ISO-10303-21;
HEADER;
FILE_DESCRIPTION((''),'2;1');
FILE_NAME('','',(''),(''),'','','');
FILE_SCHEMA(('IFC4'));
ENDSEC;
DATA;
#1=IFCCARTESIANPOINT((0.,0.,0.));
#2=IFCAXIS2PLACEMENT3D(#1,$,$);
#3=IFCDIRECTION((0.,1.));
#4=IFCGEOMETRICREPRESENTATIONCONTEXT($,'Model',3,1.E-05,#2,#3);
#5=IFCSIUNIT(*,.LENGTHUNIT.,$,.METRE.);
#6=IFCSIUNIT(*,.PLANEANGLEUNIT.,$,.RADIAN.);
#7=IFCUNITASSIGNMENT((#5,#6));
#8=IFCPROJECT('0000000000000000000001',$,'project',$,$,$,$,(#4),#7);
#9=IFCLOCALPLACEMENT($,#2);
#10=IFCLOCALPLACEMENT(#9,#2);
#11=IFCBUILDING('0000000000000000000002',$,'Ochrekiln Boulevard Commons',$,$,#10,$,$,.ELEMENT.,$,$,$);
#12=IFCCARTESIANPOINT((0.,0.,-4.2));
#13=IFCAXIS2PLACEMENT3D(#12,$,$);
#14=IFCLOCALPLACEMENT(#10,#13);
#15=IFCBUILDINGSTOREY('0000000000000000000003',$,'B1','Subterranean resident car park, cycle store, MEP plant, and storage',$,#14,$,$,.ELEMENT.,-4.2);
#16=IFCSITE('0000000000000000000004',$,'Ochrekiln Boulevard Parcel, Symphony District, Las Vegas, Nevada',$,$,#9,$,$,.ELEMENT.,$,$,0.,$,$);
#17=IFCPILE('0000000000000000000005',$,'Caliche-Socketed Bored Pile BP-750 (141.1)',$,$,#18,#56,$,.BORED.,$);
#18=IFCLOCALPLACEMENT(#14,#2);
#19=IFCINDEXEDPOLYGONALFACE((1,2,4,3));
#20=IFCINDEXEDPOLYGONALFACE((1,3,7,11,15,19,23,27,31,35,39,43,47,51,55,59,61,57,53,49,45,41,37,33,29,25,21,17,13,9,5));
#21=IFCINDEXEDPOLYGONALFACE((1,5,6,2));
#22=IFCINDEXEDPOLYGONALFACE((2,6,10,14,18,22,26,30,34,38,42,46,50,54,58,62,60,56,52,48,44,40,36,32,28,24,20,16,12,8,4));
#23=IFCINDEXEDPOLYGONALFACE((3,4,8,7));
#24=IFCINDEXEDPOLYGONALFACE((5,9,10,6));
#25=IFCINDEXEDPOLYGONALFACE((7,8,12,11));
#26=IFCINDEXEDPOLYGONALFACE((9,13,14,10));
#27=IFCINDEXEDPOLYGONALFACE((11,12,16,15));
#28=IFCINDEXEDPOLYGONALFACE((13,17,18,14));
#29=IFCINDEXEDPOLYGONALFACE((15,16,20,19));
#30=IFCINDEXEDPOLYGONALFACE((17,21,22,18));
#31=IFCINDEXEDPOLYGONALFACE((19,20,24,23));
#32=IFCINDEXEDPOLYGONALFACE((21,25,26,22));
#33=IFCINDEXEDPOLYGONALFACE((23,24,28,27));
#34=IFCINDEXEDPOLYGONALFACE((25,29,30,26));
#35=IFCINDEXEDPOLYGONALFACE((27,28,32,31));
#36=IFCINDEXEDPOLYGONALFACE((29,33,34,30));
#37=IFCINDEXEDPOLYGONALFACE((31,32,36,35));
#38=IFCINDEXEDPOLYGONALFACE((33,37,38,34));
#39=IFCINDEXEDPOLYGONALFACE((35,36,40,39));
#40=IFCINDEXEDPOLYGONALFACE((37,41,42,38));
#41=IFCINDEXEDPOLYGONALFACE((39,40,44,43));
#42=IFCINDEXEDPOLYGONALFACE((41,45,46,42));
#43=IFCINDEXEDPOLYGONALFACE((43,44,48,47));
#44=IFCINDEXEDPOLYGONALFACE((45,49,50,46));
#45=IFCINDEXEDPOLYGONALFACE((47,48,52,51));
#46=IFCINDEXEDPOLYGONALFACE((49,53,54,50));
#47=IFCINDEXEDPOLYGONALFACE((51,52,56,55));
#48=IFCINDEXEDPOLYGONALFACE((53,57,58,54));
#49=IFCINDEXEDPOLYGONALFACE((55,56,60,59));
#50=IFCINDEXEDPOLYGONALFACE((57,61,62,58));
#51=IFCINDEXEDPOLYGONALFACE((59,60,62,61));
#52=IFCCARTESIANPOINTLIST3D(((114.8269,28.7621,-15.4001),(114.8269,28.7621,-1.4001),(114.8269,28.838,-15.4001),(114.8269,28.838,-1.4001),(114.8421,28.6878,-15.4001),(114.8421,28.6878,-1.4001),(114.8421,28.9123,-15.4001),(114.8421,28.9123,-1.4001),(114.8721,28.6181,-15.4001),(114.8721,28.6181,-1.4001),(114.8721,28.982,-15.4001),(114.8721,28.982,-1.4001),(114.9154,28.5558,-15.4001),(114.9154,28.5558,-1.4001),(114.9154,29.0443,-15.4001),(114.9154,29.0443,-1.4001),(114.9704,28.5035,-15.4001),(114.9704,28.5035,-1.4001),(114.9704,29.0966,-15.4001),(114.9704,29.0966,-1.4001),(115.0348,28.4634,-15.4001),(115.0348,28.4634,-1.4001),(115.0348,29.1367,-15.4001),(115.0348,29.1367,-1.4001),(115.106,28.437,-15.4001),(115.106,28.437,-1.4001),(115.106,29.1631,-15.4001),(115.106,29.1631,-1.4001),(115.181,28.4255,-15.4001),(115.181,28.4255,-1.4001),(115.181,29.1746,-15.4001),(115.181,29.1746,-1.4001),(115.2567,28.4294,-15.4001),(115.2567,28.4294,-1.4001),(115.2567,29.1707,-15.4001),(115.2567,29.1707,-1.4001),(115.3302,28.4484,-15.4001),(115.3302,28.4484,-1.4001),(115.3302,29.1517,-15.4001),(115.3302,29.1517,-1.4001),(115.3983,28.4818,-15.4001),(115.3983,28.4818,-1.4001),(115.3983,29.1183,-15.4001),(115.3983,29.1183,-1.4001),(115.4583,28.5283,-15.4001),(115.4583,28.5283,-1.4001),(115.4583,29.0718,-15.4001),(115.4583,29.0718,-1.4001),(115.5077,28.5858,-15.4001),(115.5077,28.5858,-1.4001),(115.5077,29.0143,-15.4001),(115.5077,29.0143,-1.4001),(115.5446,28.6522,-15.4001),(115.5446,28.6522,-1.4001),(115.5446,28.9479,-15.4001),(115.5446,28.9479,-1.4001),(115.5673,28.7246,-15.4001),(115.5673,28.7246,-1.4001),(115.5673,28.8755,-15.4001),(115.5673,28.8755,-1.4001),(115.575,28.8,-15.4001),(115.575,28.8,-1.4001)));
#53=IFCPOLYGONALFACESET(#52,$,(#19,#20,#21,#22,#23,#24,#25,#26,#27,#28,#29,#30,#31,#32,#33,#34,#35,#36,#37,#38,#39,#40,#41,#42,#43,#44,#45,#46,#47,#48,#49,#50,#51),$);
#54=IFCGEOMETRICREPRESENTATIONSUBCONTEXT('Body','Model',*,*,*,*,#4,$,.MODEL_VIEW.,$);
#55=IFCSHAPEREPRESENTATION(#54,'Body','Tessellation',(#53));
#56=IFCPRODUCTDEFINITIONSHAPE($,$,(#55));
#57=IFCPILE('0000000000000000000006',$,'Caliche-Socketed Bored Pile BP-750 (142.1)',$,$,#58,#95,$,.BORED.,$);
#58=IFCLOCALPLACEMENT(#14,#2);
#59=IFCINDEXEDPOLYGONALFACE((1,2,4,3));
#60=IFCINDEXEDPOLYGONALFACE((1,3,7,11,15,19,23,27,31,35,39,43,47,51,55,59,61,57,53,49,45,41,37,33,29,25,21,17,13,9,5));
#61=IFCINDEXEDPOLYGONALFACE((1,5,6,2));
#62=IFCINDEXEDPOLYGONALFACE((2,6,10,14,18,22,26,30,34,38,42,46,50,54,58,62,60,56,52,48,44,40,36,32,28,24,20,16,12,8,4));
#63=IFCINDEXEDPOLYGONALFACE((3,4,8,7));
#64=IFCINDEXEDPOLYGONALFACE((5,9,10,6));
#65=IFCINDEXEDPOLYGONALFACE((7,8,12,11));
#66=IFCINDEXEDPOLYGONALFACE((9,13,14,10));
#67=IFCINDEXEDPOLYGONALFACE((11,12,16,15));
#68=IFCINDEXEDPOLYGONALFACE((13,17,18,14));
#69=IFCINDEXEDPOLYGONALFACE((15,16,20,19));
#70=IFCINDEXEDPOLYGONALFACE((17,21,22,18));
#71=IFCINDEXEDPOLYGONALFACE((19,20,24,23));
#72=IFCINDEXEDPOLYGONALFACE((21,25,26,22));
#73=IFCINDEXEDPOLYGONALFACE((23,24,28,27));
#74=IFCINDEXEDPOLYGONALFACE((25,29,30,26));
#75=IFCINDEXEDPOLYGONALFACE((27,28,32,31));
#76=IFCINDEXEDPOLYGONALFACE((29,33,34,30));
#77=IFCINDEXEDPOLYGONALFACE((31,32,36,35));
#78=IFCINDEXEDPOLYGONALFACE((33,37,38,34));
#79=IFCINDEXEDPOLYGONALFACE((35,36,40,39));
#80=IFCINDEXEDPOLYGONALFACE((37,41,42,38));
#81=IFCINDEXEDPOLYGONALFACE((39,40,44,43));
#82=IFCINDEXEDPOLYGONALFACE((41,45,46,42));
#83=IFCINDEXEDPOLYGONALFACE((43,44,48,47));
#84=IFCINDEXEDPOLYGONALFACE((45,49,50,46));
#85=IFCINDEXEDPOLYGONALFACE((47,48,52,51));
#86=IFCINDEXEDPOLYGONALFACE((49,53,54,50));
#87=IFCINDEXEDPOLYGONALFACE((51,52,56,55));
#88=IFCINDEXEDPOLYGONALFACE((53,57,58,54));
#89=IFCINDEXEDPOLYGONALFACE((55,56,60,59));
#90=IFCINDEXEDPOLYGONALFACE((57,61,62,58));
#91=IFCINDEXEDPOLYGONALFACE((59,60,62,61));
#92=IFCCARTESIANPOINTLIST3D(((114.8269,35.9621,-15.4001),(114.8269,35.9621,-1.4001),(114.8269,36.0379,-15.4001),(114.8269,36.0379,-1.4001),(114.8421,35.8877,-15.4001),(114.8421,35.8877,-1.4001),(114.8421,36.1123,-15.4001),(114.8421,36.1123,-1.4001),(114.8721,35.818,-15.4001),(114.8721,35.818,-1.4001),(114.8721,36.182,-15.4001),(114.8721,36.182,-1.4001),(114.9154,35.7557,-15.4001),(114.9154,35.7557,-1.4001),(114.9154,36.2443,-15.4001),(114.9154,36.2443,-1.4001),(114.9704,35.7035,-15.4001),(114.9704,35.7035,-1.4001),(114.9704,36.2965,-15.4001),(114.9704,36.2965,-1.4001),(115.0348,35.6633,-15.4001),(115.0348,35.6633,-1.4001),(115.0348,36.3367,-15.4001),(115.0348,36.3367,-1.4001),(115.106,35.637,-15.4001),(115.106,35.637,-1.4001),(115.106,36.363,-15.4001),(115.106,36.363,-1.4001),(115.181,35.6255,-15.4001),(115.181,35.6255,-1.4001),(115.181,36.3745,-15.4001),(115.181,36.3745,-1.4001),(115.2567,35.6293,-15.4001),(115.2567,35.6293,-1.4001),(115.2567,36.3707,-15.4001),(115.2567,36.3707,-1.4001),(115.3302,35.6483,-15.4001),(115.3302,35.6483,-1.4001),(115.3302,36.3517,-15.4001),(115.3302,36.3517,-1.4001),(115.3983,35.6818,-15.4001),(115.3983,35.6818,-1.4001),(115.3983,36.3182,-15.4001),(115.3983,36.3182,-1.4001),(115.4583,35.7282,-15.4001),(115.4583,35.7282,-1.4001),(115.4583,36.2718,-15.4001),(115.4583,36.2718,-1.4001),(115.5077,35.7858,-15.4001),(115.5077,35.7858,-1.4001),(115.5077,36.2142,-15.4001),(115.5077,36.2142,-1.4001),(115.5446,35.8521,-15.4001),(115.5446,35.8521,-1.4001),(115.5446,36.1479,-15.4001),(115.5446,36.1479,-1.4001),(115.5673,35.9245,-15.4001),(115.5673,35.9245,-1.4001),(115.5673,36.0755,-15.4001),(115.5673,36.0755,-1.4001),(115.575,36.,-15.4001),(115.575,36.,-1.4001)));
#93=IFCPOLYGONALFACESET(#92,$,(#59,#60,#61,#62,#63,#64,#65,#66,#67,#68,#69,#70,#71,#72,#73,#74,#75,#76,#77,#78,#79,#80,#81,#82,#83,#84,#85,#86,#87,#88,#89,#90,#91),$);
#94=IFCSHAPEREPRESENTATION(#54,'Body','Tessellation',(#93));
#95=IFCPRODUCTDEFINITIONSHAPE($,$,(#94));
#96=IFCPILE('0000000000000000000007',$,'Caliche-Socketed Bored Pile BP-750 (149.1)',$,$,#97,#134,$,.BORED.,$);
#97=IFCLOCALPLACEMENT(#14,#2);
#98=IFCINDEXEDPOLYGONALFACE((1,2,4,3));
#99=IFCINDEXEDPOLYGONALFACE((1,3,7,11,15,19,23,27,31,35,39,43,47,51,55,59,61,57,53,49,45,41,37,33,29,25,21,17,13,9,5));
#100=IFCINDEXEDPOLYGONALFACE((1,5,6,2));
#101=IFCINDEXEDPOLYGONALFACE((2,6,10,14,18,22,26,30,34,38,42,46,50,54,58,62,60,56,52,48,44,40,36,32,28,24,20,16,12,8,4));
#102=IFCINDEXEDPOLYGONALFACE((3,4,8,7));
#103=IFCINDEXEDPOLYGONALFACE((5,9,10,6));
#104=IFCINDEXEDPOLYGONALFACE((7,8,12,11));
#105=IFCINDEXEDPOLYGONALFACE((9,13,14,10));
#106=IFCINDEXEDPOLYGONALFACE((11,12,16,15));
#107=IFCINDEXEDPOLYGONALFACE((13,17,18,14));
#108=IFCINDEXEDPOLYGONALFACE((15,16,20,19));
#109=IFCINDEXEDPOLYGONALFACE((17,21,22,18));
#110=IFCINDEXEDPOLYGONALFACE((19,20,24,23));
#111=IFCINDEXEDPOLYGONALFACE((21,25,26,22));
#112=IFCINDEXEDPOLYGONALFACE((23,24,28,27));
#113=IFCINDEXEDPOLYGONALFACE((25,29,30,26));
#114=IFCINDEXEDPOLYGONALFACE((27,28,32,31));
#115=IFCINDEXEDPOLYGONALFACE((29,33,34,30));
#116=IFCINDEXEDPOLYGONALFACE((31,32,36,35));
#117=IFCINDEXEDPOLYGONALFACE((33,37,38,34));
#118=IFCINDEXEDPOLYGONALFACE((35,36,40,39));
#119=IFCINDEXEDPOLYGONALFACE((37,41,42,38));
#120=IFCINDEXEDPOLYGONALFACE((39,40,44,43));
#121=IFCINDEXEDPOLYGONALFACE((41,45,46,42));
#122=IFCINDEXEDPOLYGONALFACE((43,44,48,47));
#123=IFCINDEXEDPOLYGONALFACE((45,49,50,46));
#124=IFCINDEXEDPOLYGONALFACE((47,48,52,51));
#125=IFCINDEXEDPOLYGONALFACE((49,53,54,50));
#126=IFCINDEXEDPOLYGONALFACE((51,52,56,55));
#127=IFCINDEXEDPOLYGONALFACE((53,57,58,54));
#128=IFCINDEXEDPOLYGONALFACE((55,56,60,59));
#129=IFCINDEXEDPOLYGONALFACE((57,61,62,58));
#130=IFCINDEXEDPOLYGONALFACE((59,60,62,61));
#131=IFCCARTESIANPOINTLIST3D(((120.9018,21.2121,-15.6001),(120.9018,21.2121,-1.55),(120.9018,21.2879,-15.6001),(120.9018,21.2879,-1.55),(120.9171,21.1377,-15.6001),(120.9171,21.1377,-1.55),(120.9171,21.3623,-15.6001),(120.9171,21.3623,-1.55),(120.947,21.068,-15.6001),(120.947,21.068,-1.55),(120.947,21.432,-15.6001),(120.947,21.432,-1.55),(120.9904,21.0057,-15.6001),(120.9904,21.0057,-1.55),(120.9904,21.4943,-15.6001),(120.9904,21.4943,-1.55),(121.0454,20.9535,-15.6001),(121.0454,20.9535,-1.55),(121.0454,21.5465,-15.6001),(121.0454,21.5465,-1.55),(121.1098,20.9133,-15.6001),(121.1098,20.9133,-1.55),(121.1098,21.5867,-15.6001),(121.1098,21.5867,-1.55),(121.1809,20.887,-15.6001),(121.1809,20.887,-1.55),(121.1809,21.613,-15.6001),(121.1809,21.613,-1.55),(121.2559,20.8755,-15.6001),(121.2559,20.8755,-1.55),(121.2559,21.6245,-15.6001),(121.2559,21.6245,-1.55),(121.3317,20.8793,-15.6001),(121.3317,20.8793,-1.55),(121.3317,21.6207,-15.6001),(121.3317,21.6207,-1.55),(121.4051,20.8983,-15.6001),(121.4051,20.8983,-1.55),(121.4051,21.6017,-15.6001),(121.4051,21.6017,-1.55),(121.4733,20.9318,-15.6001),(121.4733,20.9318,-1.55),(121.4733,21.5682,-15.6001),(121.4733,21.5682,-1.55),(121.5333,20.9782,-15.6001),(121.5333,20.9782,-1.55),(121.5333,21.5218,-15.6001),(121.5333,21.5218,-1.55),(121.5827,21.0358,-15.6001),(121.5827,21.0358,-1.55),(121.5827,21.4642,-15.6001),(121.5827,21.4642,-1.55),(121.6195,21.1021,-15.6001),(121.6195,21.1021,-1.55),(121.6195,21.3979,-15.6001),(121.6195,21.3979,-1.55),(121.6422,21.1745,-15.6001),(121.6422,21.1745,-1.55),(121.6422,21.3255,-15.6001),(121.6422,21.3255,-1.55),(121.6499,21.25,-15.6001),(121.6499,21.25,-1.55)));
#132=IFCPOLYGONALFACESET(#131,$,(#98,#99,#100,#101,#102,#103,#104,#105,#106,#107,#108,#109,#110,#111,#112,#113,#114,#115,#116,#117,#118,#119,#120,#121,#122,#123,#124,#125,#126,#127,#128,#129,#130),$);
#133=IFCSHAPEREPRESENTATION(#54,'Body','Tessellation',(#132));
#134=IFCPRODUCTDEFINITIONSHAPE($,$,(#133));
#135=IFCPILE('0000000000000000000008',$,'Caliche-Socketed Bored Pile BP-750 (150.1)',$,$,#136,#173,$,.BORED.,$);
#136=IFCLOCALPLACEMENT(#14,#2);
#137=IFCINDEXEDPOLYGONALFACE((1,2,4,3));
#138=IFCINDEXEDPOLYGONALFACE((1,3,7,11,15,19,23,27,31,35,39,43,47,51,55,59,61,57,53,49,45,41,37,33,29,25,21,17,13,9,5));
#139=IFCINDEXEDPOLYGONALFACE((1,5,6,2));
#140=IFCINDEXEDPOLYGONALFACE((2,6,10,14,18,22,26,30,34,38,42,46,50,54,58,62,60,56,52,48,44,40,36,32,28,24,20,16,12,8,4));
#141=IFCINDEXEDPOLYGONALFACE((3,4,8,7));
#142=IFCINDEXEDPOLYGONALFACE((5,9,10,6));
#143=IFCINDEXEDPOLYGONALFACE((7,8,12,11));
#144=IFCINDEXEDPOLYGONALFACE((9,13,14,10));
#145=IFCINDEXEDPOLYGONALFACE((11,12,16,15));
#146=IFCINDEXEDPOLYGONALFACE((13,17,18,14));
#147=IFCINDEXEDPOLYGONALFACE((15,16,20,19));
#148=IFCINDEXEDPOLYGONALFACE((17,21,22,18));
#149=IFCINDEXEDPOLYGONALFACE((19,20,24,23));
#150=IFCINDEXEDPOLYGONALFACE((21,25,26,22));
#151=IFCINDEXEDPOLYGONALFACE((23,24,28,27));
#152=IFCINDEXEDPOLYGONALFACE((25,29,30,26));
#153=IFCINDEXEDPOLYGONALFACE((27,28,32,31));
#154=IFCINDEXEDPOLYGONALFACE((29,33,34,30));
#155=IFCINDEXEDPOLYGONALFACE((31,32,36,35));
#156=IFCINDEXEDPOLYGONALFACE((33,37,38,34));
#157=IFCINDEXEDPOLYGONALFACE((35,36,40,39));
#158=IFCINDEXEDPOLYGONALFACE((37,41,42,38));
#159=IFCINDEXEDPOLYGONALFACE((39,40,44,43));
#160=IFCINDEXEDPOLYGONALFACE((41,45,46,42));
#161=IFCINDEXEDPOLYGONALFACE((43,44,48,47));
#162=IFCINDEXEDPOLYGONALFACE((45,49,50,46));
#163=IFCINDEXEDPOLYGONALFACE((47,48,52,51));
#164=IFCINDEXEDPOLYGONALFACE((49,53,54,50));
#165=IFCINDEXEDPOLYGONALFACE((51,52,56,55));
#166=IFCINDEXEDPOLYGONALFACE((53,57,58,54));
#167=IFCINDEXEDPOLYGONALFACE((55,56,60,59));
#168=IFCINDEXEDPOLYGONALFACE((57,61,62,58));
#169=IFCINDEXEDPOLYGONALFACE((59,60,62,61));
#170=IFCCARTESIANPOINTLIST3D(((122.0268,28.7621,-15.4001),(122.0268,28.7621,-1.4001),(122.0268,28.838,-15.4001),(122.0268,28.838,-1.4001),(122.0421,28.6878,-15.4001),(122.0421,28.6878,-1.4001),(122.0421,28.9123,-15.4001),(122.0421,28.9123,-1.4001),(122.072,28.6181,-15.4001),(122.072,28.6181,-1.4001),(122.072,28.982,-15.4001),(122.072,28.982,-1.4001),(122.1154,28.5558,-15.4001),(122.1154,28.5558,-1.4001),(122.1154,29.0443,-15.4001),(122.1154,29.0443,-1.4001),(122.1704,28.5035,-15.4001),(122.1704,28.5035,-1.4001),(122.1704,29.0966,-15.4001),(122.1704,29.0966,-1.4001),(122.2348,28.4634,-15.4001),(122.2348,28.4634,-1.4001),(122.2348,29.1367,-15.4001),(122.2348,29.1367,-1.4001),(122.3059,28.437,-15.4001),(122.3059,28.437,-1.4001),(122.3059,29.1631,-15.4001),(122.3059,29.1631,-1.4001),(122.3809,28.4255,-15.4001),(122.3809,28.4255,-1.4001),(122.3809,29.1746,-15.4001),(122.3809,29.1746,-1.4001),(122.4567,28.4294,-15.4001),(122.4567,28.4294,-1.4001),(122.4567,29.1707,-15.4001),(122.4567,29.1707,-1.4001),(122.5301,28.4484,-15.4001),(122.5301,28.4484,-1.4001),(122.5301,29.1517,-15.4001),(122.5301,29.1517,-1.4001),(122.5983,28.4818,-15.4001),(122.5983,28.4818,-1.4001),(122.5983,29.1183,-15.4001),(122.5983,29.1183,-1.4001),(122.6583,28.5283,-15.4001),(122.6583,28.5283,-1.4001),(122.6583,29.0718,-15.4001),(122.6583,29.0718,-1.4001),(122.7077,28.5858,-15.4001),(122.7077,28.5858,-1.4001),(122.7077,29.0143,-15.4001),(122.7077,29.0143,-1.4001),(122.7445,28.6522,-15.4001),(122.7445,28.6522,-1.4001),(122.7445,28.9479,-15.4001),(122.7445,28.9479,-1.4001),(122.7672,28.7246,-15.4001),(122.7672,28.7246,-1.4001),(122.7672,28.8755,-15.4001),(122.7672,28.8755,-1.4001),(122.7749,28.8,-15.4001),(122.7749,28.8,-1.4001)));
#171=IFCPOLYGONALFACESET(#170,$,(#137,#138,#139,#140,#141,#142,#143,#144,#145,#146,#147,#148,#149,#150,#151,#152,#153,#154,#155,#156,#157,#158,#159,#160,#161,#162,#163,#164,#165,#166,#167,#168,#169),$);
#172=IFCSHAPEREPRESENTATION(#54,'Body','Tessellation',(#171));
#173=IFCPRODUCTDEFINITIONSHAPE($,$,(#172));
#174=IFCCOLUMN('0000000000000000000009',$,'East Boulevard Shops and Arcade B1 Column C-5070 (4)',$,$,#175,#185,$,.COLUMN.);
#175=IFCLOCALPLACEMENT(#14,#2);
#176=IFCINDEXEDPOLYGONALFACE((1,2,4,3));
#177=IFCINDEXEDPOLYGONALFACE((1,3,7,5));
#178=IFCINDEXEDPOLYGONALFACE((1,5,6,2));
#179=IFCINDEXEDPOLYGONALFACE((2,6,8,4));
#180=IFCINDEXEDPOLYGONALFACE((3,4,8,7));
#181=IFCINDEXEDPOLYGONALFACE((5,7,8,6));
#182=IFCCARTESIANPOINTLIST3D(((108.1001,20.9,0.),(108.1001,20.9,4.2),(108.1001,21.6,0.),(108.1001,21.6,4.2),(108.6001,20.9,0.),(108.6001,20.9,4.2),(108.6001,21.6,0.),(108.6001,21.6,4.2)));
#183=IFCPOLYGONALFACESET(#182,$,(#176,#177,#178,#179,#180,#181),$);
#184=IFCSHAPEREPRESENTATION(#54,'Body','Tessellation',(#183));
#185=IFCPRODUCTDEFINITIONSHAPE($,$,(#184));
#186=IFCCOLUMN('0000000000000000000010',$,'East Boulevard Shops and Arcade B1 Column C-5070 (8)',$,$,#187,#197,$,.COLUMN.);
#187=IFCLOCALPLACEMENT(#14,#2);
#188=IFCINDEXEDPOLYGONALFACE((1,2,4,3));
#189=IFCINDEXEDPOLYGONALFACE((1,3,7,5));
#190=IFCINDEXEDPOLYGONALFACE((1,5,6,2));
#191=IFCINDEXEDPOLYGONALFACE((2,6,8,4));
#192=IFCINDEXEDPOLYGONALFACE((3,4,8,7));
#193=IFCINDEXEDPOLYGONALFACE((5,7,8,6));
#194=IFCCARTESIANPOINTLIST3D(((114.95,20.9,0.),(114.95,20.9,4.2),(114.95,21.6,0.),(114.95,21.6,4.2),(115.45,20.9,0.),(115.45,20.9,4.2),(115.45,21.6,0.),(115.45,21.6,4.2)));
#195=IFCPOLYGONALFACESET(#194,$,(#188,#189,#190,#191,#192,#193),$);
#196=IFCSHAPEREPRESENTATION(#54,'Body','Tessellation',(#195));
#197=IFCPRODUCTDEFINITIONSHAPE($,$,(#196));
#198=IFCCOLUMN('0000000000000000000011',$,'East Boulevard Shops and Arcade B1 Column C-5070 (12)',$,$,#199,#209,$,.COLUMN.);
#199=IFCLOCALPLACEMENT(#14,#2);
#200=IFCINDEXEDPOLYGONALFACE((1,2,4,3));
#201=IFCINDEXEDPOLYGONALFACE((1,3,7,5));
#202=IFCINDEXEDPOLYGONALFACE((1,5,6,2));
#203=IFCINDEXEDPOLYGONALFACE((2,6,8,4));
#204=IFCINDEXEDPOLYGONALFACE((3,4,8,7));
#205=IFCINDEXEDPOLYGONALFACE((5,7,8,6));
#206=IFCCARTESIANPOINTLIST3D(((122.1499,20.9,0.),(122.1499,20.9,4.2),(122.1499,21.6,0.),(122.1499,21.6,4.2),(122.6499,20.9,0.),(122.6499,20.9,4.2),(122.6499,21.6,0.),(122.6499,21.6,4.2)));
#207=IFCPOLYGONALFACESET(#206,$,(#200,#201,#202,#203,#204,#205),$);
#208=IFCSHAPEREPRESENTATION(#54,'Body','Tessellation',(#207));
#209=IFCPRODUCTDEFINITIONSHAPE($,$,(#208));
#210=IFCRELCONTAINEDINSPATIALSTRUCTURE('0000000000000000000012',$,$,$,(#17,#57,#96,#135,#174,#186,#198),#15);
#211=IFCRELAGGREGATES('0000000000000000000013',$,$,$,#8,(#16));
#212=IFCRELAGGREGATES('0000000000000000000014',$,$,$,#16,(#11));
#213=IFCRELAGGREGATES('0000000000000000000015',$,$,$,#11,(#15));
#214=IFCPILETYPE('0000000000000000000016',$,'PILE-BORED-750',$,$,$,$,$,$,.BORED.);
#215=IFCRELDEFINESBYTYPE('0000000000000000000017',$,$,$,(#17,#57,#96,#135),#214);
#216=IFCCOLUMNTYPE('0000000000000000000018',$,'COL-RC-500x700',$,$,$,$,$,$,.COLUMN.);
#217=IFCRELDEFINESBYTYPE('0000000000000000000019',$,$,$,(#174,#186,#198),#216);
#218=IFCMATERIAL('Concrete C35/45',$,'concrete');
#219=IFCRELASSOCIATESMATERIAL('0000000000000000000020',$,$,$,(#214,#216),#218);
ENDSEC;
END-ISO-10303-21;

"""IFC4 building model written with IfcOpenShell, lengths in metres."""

from ifc_helpers import new_model, si_unit, direction, frame, origin, origin_2d, place, context, subcontext, project, spatial, rectangle, circle, extrude, material, material_profile, profile_set, type_object, element, save


model = new_model("IFC4")

# Units and contexts
model_context = context("Model", 3, precision=1e-05, world=origin(), true_north=direction((0.0, 1.0)))
body_context = subcontext(model_context, "Body", "Model", "MODEL_VIEW")
ifc_project = project(units=[si_unit("LENGTHUNIT", "METRE"), si_unit("PLANEANGLEUNIT", "RADIAN")], contexts=[model_context])

# Site, building, storey
site_placement = place(None, origin())
site = spatial("IfcSite", under=ifc_project, at=site_placement, Name="Ochrekiln Boulevard Parcel, Symphony District, Las Vegas, Nevada", CompositionType="ELEMENT", RefElevation=0.0)
building_placement = place(site_placement, origin())
building = spatial("IfcBuilding", under=site, at=building_placement, Name="Ochrekiln Boulevard Commons", CompositionType="ELEMENT")
storey_placement = place(building_placement, frame((0.0, 0.0, -4.2)))
storey = spatial("IfcBuildingStorey", under=building, at=storey_placement, Name="B1", Description="Subterranean resident car park, cycle store, MEP plant, and storage", CompositionType="ELEMENT", Elevation=-4.2)

# Shared definitions
ifc_material_1 = material(Name="Concrete C35/45", Category="concrete")

# Piles
ifc_material_profile_1 = material_profile(ifc_material_1, circle(Radius=0.375, at=origin_2d()), Name="PILE-D750")
ifc_profile_set_1 = profile_set([ifc_material_profile_1], Name="Concrete C35/45")
pile_type = type_object("IfcPileType", Name="PILE-BORED-750", PredefinedType="BORED", material=ifc_profile_set_1)
for number, where, z_axis, x_axis, name in (
    (1, (115.2, 28.8, -1.4001), (0.0, 0.0, -1.0), (1.0, 0.0, 0.0), "Caliche-Socketed Bored Pile BP-750 (141.1)"),
    (2, (115.2, 36.0, -1.4001), (0.0, 0.0, -1.0), (1.0, 0.0, 0.0), "Caliche-Socketed Bored Pile BP-750 (142.1)"),
):
    element("IfcPile", number, at=place(storey_placement, frame(where, z_axis=z_axis, x_axis=x_axis)), inside=storey, type_object=pile_type, Name=name, PredefinedType="BORED", context=body_context, shape_type="SweptSolid", body=[
        extrude(circle(Radius=0.375, at=origin_2d()), origin(), (0.0, 0.0, 1.0), 14.0),
    ])
pile_1_placement = place(storey_placement, frame((121.2749, 21.25, -1.55), z_axis=(0.0, 0.0, -1.0), x_axis=(1.0, 0.0, 0.0)))
element("IfcPile", 3, at=pile_1_placement, inside=storey, type_object=pile_type, Name="Caliche-Socketed Bored Pile BP-750 (149.1)", PredefinedType="BORED", context=body_context, shape_type="SweptSolid", body=[
    extrude(circle(Radius=0.375, at=origin_2d()), origin(), (0.0, 0.0, 1.0), 14.05),
])
pile_2_placement = place(storey_placement, frame((122.3999, 28.8, -1.4001), z_axis=(0.0, 0.0, -1.0), x_axis=(1.0, 0.0, 0.0)))
element("IfcPile", 4, at=pile_2_placement, inside=storey, type_object=pile_type, Name="Caliche-Socketed Bored Pile BP-750 (150.1)", PredefinedType="BORED", context=body_context, shape_type="SweptSolid", body=[
    extrude(circle(Radius=0.375, at=origin_2d()), origin(), (0.0, 0.0, 1.0), 14.0),
])

# Columns
ifc_material_profile_2 = material_profile(ifc_material_1, rectangle(XDim=0.5, YDim=0.7, at=origin_2d()), Name="RC-COL-500x700")
ifc_profile_set_2 = profile_set([ifc_material_profile_2], Name="Concrete C35/45")
column_type_1 = type_object("IfcColumnType", Name="COL-RC-500x700", PredefinedType="COLUMN", material=ifc_profile_set_2)
for number, where, z_axis, x_axis, name in (
    (5, (108.3501, 21.25, 0.0), (0.0, 0.0, 1.0), (1.0, 0.0, 0.0), "East Boulevard Shops and Arcade B1 Column C-5070 (4)"),
    (6, (115.2, 21.25, 0.0), (0.0, 0.0, 1.0), (1.0, 0.0, 0.0), "East Boulevard Shops and Arcade B1 Column C-5070 (8)"),
    (7, (122.3999, 21.25, 0.0), (0.0, 0.0, 1.0), (1.0, 0.0, 0.0), "East Boulevard Shops and Arcade B1 Column C-5070 (12)"),
):
    element("IfcColumn", number, at=place(storey_placement, frame(where, z_axis=z_axis, x_axis=x_axis)), inside=storey, type_object=column_type_1, Name=name, PredefinedType="COLUMN", context=body_context, shape_type="SweptSolid", body=[
        extrude(rectangle(XDim=0.5, YDim=0.7, at=origin_2d()), origin(), (0.0, 0.0, 1.0), 4.2),
    ])

save(model, "model.ifc")
